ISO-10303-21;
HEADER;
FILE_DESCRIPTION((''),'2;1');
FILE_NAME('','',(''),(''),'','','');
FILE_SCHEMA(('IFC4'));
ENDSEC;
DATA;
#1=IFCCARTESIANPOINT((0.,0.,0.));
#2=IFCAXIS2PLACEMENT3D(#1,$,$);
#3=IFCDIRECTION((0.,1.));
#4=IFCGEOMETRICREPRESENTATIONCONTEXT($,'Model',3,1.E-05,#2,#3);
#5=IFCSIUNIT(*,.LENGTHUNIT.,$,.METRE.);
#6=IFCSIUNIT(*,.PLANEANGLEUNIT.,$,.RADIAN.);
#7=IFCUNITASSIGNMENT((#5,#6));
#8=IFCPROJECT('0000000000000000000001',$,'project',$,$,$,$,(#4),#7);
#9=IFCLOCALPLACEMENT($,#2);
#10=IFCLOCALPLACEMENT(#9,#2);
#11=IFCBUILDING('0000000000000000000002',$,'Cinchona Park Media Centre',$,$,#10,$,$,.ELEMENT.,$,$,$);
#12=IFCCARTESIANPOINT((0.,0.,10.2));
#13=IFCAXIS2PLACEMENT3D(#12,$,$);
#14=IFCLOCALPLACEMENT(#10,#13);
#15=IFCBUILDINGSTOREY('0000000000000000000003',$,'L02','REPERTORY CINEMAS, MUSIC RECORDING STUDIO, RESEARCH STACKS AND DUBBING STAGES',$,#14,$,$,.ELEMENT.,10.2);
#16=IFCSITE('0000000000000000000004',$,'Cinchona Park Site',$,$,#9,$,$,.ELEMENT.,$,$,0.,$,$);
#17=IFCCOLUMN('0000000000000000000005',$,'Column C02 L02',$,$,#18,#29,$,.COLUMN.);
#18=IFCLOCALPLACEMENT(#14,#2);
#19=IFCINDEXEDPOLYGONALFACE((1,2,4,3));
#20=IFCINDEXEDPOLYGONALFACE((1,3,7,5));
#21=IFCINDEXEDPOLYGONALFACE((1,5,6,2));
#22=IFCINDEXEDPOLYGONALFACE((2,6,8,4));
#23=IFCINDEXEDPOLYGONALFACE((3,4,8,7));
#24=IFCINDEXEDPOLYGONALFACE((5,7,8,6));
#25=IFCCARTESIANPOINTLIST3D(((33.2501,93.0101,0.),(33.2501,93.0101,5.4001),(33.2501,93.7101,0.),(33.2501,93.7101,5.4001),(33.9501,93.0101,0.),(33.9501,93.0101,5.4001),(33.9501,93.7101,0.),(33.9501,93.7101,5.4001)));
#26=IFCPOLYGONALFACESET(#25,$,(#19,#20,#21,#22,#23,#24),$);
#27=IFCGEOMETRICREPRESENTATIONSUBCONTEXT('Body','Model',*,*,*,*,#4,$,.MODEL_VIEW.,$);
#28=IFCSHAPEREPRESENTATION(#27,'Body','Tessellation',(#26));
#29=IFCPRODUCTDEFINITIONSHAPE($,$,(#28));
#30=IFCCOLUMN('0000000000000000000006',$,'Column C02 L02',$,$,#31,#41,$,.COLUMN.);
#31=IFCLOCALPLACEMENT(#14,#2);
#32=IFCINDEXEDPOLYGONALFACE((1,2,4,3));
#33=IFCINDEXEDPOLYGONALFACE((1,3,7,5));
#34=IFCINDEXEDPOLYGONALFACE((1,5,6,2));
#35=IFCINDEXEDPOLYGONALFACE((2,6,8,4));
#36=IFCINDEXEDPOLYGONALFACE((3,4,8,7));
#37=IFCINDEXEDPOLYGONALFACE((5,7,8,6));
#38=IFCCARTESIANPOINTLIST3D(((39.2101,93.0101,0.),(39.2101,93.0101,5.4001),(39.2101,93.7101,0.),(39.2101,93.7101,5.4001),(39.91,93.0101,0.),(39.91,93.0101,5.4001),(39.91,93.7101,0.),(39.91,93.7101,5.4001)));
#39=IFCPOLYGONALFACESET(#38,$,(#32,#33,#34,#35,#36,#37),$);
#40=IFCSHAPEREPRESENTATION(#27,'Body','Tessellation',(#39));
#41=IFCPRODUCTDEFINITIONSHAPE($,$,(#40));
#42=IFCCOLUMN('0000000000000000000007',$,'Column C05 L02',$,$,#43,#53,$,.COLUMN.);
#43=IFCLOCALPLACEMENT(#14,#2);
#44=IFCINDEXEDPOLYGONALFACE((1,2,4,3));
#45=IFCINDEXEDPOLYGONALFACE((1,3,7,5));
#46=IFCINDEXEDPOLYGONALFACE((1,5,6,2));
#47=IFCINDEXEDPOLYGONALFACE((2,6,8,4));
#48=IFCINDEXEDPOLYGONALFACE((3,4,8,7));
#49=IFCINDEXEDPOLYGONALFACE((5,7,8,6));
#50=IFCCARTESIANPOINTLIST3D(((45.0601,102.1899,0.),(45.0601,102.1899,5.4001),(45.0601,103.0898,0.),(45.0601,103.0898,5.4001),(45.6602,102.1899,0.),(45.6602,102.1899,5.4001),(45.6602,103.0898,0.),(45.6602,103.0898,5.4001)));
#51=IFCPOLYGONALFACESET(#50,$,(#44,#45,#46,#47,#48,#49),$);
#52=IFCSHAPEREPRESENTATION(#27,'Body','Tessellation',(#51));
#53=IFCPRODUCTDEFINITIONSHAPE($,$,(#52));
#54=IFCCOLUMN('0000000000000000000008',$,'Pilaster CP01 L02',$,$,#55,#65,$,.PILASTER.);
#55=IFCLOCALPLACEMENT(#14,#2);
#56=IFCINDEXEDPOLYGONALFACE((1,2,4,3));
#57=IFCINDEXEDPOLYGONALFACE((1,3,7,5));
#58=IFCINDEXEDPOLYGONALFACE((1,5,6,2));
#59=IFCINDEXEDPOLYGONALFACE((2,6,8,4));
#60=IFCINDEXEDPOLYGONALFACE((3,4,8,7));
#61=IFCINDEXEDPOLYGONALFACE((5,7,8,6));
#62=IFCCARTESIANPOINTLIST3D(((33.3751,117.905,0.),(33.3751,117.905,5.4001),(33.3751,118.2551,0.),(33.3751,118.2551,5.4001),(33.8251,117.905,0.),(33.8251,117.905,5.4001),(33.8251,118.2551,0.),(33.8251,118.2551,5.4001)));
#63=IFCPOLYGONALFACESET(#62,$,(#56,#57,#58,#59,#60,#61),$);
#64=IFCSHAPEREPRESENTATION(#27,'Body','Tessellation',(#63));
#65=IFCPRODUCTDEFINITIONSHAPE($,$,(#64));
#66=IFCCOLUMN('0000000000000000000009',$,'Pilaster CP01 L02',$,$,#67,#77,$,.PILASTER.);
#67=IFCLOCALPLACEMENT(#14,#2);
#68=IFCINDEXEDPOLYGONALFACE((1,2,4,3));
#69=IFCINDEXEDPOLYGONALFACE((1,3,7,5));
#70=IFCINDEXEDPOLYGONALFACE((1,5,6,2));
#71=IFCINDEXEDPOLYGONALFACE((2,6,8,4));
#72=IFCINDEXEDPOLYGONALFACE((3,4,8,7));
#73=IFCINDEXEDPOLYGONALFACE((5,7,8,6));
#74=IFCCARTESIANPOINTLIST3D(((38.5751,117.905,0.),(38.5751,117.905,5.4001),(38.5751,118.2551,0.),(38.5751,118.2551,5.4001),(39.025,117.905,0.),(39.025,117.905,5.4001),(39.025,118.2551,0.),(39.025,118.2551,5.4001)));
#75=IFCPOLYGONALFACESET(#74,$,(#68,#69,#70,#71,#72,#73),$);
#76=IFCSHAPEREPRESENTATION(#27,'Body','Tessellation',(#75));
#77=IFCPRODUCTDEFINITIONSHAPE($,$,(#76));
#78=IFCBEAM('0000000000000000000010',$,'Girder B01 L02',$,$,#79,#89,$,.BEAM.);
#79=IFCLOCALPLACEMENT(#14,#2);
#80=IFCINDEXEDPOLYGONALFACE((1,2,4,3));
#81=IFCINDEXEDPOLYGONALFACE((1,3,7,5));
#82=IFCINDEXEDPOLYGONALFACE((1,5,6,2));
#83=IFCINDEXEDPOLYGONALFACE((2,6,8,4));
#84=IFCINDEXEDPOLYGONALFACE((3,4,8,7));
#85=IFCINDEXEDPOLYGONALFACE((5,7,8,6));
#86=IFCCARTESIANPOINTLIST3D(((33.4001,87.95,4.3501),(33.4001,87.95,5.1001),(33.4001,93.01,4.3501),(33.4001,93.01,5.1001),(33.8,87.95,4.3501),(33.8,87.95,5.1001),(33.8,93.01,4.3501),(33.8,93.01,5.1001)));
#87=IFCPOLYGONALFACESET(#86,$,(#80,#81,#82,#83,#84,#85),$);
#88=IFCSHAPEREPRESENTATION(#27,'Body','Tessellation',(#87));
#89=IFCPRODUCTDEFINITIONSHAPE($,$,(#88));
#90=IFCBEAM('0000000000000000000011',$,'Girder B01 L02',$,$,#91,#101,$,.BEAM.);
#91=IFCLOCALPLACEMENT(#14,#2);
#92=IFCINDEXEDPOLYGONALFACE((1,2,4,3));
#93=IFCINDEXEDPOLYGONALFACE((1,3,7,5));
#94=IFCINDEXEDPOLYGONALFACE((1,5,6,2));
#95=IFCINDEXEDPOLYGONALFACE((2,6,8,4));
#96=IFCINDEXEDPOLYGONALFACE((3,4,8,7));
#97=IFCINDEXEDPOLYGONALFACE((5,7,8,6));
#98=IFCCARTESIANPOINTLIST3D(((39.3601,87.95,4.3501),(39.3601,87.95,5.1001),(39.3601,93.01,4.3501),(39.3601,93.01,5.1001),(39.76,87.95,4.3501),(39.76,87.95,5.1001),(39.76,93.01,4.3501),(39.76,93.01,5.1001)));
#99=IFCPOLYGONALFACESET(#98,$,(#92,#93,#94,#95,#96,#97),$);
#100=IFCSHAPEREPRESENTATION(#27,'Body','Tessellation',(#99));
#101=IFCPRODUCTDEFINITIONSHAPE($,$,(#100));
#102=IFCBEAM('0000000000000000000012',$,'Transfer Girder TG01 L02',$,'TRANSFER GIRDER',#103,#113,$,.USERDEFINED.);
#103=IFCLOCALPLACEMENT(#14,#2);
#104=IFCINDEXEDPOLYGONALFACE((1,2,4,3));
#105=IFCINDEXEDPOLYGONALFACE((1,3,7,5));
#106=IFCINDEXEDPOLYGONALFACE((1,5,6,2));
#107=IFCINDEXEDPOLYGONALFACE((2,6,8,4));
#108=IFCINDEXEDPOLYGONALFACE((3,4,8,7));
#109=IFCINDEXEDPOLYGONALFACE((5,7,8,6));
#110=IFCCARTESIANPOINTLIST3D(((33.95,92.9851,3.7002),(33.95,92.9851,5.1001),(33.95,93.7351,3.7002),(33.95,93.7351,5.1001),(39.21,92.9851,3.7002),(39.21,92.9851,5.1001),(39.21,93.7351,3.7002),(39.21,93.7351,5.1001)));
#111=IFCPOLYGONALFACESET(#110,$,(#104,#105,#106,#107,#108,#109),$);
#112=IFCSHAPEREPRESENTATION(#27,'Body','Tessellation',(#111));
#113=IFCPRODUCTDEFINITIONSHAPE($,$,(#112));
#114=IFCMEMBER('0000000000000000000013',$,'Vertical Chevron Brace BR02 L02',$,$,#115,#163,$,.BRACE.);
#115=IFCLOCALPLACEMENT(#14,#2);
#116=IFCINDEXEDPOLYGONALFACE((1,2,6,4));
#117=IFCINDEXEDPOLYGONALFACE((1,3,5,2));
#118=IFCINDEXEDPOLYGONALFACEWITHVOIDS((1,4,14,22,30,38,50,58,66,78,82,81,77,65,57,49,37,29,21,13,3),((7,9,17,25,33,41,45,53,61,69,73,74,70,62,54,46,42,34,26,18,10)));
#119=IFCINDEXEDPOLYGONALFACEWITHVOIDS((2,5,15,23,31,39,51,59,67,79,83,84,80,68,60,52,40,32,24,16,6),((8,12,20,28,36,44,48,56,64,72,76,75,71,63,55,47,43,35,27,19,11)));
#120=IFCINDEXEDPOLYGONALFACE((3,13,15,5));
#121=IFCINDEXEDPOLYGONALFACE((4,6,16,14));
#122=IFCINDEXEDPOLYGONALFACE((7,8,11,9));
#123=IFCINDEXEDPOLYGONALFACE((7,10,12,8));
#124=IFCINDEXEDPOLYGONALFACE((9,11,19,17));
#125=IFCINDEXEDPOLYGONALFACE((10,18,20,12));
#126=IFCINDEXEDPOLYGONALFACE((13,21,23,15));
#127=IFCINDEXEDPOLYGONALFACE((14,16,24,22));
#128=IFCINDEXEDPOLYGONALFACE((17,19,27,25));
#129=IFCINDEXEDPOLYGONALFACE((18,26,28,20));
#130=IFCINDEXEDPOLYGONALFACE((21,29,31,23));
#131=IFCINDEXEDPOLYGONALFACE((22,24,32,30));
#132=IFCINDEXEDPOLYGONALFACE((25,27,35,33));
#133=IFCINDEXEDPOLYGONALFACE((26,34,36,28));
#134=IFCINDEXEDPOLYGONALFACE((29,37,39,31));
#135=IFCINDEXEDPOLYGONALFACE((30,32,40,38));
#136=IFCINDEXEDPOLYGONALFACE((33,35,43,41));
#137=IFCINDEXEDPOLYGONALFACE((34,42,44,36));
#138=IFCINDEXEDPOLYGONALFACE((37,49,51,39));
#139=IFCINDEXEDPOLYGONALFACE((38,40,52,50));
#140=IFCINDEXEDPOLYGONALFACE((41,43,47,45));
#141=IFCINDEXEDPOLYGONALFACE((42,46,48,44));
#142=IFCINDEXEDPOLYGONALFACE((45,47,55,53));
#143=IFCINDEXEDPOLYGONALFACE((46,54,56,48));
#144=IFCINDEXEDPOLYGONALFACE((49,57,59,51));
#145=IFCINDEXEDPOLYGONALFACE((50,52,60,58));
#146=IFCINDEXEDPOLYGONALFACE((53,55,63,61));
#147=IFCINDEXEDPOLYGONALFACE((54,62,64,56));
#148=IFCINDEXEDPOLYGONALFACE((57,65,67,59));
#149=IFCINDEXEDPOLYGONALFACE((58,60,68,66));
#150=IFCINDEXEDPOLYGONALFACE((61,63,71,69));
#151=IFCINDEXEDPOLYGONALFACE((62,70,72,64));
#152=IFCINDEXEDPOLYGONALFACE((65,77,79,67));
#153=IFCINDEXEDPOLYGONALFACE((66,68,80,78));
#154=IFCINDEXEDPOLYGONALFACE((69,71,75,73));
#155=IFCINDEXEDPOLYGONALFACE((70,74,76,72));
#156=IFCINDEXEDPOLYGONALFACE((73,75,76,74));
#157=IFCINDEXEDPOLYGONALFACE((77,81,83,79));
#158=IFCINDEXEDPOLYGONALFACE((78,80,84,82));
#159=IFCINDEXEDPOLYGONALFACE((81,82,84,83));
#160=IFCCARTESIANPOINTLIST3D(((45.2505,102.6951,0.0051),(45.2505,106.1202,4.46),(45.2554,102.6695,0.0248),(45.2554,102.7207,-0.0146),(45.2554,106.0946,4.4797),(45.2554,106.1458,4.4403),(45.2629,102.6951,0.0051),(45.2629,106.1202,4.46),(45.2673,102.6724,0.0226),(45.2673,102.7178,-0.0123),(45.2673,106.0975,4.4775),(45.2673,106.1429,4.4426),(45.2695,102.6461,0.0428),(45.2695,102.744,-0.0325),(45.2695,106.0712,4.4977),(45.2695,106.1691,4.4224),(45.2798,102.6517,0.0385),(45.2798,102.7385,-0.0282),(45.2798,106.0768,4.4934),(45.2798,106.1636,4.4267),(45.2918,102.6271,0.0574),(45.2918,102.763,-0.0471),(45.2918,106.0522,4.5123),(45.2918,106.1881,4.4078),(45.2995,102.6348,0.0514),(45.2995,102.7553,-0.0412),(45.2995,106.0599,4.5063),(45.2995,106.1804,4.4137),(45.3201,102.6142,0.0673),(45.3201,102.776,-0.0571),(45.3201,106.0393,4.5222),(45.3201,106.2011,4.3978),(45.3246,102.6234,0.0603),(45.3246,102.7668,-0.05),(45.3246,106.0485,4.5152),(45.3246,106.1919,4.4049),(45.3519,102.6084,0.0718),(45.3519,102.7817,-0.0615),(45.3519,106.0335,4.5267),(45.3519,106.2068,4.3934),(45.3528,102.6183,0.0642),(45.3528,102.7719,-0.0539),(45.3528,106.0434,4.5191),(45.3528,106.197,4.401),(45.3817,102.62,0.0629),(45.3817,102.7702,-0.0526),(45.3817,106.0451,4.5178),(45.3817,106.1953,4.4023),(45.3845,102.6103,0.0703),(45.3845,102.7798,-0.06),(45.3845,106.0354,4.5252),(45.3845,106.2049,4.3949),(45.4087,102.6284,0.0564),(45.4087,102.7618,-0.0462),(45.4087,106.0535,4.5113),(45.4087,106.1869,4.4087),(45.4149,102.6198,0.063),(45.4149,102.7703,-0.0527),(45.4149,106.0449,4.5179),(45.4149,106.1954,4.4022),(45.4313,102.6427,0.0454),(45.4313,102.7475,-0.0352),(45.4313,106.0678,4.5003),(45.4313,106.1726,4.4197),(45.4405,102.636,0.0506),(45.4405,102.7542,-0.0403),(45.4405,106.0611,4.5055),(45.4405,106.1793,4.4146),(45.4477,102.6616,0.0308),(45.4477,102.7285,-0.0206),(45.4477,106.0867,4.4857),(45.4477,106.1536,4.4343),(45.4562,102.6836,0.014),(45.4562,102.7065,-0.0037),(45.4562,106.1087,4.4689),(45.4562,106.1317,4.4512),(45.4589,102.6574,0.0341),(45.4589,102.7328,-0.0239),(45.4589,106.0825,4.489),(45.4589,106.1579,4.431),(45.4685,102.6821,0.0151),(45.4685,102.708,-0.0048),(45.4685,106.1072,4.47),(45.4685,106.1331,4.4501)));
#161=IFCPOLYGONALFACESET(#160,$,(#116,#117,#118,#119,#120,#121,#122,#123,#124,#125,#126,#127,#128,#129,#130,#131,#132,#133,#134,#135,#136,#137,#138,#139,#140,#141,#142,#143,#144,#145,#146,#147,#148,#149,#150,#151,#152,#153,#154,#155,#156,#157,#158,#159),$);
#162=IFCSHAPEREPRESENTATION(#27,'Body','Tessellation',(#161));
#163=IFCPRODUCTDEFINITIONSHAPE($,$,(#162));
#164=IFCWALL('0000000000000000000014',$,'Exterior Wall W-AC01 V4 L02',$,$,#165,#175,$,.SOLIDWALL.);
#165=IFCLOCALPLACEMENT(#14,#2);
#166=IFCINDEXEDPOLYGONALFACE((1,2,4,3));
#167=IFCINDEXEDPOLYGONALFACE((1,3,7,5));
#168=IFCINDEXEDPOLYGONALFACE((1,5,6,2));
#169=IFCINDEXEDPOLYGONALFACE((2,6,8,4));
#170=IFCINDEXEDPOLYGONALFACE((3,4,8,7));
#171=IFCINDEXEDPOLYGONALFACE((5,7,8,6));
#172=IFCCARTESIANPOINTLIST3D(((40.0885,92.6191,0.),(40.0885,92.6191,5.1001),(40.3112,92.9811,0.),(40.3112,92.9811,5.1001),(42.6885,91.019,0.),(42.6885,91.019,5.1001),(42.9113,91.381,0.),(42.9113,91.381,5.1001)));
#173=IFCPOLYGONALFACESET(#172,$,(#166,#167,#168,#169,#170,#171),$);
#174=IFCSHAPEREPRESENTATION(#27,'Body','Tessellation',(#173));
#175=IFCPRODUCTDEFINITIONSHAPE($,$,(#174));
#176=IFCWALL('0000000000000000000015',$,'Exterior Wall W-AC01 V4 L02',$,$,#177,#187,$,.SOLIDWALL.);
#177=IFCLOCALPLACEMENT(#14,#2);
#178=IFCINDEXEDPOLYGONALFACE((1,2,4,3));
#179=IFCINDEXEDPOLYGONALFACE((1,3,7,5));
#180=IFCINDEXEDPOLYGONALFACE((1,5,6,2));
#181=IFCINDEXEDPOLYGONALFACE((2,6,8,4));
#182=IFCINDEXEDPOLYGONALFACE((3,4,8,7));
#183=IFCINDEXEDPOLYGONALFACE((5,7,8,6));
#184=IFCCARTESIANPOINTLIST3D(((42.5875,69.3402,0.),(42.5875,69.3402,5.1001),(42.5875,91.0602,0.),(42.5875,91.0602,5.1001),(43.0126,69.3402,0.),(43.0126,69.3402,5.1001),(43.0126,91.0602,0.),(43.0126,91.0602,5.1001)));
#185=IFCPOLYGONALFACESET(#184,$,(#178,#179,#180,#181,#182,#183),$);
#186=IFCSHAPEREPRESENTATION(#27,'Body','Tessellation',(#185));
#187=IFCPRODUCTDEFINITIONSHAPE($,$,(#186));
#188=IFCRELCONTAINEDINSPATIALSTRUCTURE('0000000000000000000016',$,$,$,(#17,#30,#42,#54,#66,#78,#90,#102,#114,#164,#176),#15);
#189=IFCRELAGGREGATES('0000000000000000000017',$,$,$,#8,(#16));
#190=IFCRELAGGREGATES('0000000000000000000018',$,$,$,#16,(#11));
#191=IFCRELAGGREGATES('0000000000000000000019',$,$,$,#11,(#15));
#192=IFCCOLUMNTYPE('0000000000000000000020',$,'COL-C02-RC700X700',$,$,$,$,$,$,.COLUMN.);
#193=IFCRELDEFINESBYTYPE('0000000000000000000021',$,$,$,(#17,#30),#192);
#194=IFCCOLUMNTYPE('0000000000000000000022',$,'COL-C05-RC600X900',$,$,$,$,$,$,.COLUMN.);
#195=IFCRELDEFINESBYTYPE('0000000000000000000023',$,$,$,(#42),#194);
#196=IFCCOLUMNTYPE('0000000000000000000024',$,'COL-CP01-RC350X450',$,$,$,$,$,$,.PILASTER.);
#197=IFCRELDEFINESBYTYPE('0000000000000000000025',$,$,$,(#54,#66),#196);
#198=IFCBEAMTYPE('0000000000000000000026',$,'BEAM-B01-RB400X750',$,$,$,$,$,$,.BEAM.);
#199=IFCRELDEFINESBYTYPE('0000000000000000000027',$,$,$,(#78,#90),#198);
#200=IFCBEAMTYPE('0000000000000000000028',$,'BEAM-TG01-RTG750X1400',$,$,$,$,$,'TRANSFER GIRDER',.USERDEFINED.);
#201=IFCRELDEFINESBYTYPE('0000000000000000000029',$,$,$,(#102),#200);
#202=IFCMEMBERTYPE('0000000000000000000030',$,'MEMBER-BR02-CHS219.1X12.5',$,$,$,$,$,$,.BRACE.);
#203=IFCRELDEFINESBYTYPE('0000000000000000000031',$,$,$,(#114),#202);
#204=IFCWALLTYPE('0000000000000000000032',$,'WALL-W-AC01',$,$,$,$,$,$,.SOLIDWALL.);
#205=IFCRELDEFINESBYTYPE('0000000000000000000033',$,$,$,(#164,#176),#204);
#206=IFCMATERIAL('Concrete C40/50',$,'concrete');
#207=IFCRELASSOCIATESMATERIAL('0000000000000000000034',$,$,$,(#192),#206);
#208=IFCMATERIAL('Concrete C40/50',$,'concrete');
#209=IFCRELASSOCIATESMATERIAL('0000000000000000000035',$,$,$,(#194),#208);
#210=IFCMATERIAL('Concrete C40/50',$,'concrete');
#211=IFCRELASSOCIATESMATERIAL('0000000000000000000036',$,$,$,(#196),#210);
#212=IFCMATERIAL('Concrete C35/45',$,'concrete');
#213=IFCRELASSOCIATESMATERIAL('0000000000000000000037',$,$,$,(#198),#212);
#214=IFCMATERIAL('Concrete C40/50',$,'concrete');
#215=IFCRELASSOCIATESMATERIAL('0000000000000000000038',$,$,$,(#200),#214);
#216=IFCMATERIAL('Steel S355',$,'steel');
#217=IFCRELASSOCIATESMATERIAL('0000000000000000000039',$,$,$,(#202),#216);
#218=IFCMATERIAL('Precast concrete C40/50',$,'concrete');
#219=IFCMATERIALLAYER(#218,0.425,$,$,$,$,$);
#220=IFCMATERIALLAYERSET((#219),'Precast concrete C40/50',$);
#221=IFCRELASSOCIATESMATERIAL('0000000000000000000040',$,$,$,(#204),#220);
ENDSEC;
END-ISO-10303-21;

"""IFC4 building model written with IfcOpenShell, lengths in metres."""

from ifc_helpers import new_model, si_unit, direction, frame, frame_2d, origin, origin_2d, place, context, subcontext, project, spatial, rectangle, hollow_circle, extrude, material, layer, layer_set, material_profile, profile_set, type_object, element, save


model = new_model("IFC4")

# Units and contexts
model_context = context("Model", 3, precision=1e-05, world=origin(), true_north=direction((0.0, 1.0)))
body_context = subcontext(model_context, "Body", "Model", "MODEL_VIEW")
ifc_project = project(units=[si_unit("LENGTHUNIT", "METRE"), si_unit("PLANEANGLEUNIT", "RADIAN")], contexts=[model_context])

# Site, building, storey
site_placement = place(None, origin())
site = spatial("IfcSite", under=ifc_project, at=site_placement, Name="Cinchona Park Site", CompositionType="ELEMENT", RefElevation=0.0)
building_placement = place(site_placement, origin())
building = spatial("IfcBuilding", under=site, at=building_placement, Name="Cinchona Park Media Centre", CompositionType="ELEMENT")
storey_placement = place(building_placement, frame((0.0, 0.0, 10.2)))
storey = spatial("IfcBuildingStorey", under=building, at=storey_placement, Name="L02", Description="REPERTORY CINEMAS, MUSIC RECORDING STUDIO, RESEARCH STACKS AND DUBBING STAGES", CompositionType="ELEMENT", Elevation=10.2)

# Columns
ifc_material_1 = material(Name="Concrete C40/50", Category="concrete")
ifc_material_profile_1 = material_profile(ifc_material_1, rectangle(XDim=0.7, YDim=0.7, at=origin_2d()), Name="RC 700X700")
ifc_profile_set_1 = profile_set([ifc_material_profile_1], Name="Concrete C40/50")
column_type_1 = type_object("IfcColumnType", Name="COL-C02-RC700X700", PredefinedType="COLUMN", material=ifc_profile_set_1)
for number, where, z_axis, x_axis, name in (
    (1, (33.6001, 93.3601, 0.0), (0.0, 0.0, 1.0), (1.0, 0.0, 0.0), "Column C02 L02"),
    (2, (39.5601, 93.3601, 0.0), (0.0, 0.0, 1.0), (1.0, 0.0, 0.0), "Column C02 L02"),
):
    element("IfcColumn", number, at=place(storey_placement, frame(where, z_axis=z_axis, x_axis=x_axis)), inside=storey, type_object=column_type_1, Name=name, PredefinedType="COLUMN", context=body_context, shape_type="SweptSolid", body=[
        extrude(rectangle(XDim=0.7, YDim=0.7, at=origin_2d()), origin(), (0.0, 0.0, 1.0), 5.4001),
    ])
ifc_material_2 = material(Name="Concrete C40/50", Category="concrete")
ifc_material_profile_2 = material_profile(ifc_material_2, rectangle(XDim=0.6001, YDim=0.8999, at=origin_2d()), Name="RC 600X900")
ifc_profile_set_2 = profile_set([ifc_material_profile_2], Name="Concrete C40/50")
column_type_2 = type_object("IfcColumnType", Name="COL-C05-RC600X900", PredefinedType="COLUMN", material=ifc_profile_set_2)
column_placement = place(storey_placement, frame((45.3601, 102.6399, 0.0), z_axis=(0.0, 0.0, 1.0), x_axis=(1.0, 0.0, 0.0)))
element("IfcColumn", 3, at=column_placement, inside=storey, type_object=column_type_2, Name="Column C05 L02", PredefinedType="COLUMN", context=body_context, shape_type="SweptSolid", body=[
    extrude(rectangle(XDim=0.6001, YDim=0.8999, at=origin_2d()), origin(), (0.0, 0.0, 1.0), 5.4001),
])
ifc_material_3 = material(Name="Concrete C40/50", Category="concrete")
ifc_material_profile_3 = material_profile(ifc_material_3, rectangle(XDim=0.3501, YDim=0.45, at=origin_2d()), Name="RC 350X450")
ifc_profile_set_3 = profile_set([ifc_material_profile_3], Name="Concrete C40/50")
column_type_3 = type_object("IfcColumnType", Name="COL-CP01-RC350X450", PredefinedType="PILASTER", material=ifc_profile_set_3)
for number, where, z_axis, x_axis, name in (
    (4, (33.6001, 118.0801, 0.0), (0.0, 0.0, 1.0), (0.0, 1.0, 0.0), "Pilaster CP01 L02"),
    (5, (38.8, 118.0801, 0.0), (0.0, 0.0, 1.0), (0.0, 1.0, 0.0), "Pilaster CP01 L02"),
):
    element("IfcColumn", number, at=place(storey_placement, frame(where, z_axis=z_axis, x_axis=x_axis)), inside=storey, type_object=column_type_3, Name=name, PredefinedType="PILASTER", context=body_context, shape_type="SweptSolid", body=[
        extrude(rectangle(XDim=0.3501, YDim=0.45, at=origin_2d()), origin(), (0.0, 0.0, 1.0), 5.4001),
    ])

# Beams
ifc_material_4 = material(Name="Concrete C35/45", Category="concrete")
ifc_material_profile_4 = material_profile(ifc_material_4, rectangle(XDim=0.3999, YDim=0.75, at=origin_2d()), Name="RB 400X750")
ifc_profile_set_4 = profile_set([ifc_material_profile_4], Name="Concrete C35/45")
beam_type_1 = type_object("IfcBeamType", Name="BEAM-B01-RB400X750", PredefinedType="BEAM", material=ifc_profile_set_4)
for number, where, z_axis, x_axis, name in (
    (6, (33.6001, 87.95, 4.7251), (0.0, 1.0, 0.0), (-1.0, 0.0, 0.0), "Girder B01 L02"),
    (7, (39.5601, 87.95, 4.7251), (0.0, 1.0, 0.0), (-1.0, 0.0, 0.0), "Girder B01 L02"),
):
    element("IfcBeam", number, at=place(storey_placement, frame(where, z_axis=z_axis, x_axis=x_axis)), inside=storey, type_object=beam_type_1, Name=name, PredefinedType="BEAM", context=body_context, shape_type="SweptSolid", body=[
        extrude(rectangle(XDim=0.3999, YDim=0.75, at=origin_2d()), origin(), (0.0, 0.0, 1.0), 5.0601),
    ])
ifc_material_5 = material(Name="Concrete C40/50", Category="concrete")
ifc_material_profile_5 = material_profile(ifc_material_5, rectangle(XDim=0.75, YDim=1.3999, at=origin_2d()), Name="RTG 750X1400")
ifc_profile_set_5 = profile_set([ifc_material_profile_5], Name="Concrete C40/50")
beam_type_2 = type_object("IfcBeamType", Name="BEAM-TG01-RTG750X1400", ElementType="TRANSFER GIRDER", PredefinedType="USERDEFINED", material=ifc_profile_set_5)
beam_placement = place(storey_placement, frame((33.95, 93.3601, 4.4001), z_axis=(1.0, 0.0, 0.0), x_axis=(0.0, 1.0, 0.0)))
element("IfcBeam", 8, at=beam_placement, inside=storey, type_object=beam_type_2, Name="Transfer Girder TG01 L02", ObjectType="TRANSFER GIRDER", PredefinedType="USERDEFINED", context=body_context, shape_type="SweptSolid", body=[
    extrude(rectangle(XDim=0.75, YDim=1.3999, at=origin_2d()), origin(), (0.0, 0.0, 1.0), 5.26),
])

# Member
ifc_material_6 = material(Name="Steel S355", Category="steel")
ifc_material_profile_6 = material_profile(ifc_material_6, hollow_circle(Radius=0.1096, WallThickness=0.0125, at=origin_2d()), Name="219.1X12.5CHS")
ifc_profile_set_6 = profile_set([ifc_material_profile_6], Name="Steel S355")
member_type = type_object("IfcMemberType", Name="MEMBER-BR02-CHS219.1X12.5", PredefinedType="BRACE", material=ifc_profile_set_6)
member_placement = place(storey_placement, frame((45.3601, 102.6951, 0.0051), z_axis=(0.0, 0.609515, 0.792774), x_axis=(-1.0, 0.0, 0.0)))
element("IfcMember", 9, at=member_placement, inside=storey, type_object=member_type, Name="Vertical Chevron Brace BR02 L02", PredefinedType="BRACE", context=body_context, shape_type="SweptSolid", body=[
    extrude(hollow_circle(Radius=0.1096, WallThickness=0.0125, at=origin_2d()), origin(), (0.0, 0.0, 1.0), 5.6194),
])

# Walls
ifc_material_7 = material(Name="Precast concrete C40/50", Category="concrete")
ifc_layer_1 = layer(ifc_material_7, 0.425)
ifc_layer_set_1 = layer_set([ifc_layer_1], Name="Precast concrete C40/50")
wall_type_1 = type_object("IfcWallType", Name="WALL-W-AC01", PredefinedType="SOLIDWALL", material=ifc_layer_set_1)
wall_1_placement = place(storey_placement, frame((40.2, 92.8, 0.0), z_axis=(0.0, 0.0, 1.0), x_axis=(0.851653, -0.524106, 0.0)))
element("IfcWall", 10, at=wall_1_placement, inside=storey, type_object=wall_type_1, Name="Exterior Wall W-AC01 V4 L02", PredefinedType="SOLIDWALL", context=body_context, shape_type="SweptSolid", body=[
    extrude(rectangle(XDim=3.053, YDim=0.425, at=frame_2d((1.5264, 0.0))), origin(), (0.0, 0.0, 1.0), 5.1001),
])
wall_2_placement = place(storey_placement, frame((42.8, 91.0601, 0.0), z_axis=(0.0, 0.0, 1.0), x_axis=(0.0, -1.0, 0.0)))
element("IfcWall", 11, at=wall_2_placement, inside=storey, type_object=wall_type_1, Name="Exterior Wall W-AC01 V4 L02", PredefinedType="SOLIDWALL", context=body_context, shape_type="SweptSolid", body=[
    extrude(rectangle(XDim=21.72, YDim=0.425, at=frame_2d((10.8599, 0.0))), origin(), (0.0, 0.0, 1.0), 5.1001),
])

save(model, "model.ifc")
